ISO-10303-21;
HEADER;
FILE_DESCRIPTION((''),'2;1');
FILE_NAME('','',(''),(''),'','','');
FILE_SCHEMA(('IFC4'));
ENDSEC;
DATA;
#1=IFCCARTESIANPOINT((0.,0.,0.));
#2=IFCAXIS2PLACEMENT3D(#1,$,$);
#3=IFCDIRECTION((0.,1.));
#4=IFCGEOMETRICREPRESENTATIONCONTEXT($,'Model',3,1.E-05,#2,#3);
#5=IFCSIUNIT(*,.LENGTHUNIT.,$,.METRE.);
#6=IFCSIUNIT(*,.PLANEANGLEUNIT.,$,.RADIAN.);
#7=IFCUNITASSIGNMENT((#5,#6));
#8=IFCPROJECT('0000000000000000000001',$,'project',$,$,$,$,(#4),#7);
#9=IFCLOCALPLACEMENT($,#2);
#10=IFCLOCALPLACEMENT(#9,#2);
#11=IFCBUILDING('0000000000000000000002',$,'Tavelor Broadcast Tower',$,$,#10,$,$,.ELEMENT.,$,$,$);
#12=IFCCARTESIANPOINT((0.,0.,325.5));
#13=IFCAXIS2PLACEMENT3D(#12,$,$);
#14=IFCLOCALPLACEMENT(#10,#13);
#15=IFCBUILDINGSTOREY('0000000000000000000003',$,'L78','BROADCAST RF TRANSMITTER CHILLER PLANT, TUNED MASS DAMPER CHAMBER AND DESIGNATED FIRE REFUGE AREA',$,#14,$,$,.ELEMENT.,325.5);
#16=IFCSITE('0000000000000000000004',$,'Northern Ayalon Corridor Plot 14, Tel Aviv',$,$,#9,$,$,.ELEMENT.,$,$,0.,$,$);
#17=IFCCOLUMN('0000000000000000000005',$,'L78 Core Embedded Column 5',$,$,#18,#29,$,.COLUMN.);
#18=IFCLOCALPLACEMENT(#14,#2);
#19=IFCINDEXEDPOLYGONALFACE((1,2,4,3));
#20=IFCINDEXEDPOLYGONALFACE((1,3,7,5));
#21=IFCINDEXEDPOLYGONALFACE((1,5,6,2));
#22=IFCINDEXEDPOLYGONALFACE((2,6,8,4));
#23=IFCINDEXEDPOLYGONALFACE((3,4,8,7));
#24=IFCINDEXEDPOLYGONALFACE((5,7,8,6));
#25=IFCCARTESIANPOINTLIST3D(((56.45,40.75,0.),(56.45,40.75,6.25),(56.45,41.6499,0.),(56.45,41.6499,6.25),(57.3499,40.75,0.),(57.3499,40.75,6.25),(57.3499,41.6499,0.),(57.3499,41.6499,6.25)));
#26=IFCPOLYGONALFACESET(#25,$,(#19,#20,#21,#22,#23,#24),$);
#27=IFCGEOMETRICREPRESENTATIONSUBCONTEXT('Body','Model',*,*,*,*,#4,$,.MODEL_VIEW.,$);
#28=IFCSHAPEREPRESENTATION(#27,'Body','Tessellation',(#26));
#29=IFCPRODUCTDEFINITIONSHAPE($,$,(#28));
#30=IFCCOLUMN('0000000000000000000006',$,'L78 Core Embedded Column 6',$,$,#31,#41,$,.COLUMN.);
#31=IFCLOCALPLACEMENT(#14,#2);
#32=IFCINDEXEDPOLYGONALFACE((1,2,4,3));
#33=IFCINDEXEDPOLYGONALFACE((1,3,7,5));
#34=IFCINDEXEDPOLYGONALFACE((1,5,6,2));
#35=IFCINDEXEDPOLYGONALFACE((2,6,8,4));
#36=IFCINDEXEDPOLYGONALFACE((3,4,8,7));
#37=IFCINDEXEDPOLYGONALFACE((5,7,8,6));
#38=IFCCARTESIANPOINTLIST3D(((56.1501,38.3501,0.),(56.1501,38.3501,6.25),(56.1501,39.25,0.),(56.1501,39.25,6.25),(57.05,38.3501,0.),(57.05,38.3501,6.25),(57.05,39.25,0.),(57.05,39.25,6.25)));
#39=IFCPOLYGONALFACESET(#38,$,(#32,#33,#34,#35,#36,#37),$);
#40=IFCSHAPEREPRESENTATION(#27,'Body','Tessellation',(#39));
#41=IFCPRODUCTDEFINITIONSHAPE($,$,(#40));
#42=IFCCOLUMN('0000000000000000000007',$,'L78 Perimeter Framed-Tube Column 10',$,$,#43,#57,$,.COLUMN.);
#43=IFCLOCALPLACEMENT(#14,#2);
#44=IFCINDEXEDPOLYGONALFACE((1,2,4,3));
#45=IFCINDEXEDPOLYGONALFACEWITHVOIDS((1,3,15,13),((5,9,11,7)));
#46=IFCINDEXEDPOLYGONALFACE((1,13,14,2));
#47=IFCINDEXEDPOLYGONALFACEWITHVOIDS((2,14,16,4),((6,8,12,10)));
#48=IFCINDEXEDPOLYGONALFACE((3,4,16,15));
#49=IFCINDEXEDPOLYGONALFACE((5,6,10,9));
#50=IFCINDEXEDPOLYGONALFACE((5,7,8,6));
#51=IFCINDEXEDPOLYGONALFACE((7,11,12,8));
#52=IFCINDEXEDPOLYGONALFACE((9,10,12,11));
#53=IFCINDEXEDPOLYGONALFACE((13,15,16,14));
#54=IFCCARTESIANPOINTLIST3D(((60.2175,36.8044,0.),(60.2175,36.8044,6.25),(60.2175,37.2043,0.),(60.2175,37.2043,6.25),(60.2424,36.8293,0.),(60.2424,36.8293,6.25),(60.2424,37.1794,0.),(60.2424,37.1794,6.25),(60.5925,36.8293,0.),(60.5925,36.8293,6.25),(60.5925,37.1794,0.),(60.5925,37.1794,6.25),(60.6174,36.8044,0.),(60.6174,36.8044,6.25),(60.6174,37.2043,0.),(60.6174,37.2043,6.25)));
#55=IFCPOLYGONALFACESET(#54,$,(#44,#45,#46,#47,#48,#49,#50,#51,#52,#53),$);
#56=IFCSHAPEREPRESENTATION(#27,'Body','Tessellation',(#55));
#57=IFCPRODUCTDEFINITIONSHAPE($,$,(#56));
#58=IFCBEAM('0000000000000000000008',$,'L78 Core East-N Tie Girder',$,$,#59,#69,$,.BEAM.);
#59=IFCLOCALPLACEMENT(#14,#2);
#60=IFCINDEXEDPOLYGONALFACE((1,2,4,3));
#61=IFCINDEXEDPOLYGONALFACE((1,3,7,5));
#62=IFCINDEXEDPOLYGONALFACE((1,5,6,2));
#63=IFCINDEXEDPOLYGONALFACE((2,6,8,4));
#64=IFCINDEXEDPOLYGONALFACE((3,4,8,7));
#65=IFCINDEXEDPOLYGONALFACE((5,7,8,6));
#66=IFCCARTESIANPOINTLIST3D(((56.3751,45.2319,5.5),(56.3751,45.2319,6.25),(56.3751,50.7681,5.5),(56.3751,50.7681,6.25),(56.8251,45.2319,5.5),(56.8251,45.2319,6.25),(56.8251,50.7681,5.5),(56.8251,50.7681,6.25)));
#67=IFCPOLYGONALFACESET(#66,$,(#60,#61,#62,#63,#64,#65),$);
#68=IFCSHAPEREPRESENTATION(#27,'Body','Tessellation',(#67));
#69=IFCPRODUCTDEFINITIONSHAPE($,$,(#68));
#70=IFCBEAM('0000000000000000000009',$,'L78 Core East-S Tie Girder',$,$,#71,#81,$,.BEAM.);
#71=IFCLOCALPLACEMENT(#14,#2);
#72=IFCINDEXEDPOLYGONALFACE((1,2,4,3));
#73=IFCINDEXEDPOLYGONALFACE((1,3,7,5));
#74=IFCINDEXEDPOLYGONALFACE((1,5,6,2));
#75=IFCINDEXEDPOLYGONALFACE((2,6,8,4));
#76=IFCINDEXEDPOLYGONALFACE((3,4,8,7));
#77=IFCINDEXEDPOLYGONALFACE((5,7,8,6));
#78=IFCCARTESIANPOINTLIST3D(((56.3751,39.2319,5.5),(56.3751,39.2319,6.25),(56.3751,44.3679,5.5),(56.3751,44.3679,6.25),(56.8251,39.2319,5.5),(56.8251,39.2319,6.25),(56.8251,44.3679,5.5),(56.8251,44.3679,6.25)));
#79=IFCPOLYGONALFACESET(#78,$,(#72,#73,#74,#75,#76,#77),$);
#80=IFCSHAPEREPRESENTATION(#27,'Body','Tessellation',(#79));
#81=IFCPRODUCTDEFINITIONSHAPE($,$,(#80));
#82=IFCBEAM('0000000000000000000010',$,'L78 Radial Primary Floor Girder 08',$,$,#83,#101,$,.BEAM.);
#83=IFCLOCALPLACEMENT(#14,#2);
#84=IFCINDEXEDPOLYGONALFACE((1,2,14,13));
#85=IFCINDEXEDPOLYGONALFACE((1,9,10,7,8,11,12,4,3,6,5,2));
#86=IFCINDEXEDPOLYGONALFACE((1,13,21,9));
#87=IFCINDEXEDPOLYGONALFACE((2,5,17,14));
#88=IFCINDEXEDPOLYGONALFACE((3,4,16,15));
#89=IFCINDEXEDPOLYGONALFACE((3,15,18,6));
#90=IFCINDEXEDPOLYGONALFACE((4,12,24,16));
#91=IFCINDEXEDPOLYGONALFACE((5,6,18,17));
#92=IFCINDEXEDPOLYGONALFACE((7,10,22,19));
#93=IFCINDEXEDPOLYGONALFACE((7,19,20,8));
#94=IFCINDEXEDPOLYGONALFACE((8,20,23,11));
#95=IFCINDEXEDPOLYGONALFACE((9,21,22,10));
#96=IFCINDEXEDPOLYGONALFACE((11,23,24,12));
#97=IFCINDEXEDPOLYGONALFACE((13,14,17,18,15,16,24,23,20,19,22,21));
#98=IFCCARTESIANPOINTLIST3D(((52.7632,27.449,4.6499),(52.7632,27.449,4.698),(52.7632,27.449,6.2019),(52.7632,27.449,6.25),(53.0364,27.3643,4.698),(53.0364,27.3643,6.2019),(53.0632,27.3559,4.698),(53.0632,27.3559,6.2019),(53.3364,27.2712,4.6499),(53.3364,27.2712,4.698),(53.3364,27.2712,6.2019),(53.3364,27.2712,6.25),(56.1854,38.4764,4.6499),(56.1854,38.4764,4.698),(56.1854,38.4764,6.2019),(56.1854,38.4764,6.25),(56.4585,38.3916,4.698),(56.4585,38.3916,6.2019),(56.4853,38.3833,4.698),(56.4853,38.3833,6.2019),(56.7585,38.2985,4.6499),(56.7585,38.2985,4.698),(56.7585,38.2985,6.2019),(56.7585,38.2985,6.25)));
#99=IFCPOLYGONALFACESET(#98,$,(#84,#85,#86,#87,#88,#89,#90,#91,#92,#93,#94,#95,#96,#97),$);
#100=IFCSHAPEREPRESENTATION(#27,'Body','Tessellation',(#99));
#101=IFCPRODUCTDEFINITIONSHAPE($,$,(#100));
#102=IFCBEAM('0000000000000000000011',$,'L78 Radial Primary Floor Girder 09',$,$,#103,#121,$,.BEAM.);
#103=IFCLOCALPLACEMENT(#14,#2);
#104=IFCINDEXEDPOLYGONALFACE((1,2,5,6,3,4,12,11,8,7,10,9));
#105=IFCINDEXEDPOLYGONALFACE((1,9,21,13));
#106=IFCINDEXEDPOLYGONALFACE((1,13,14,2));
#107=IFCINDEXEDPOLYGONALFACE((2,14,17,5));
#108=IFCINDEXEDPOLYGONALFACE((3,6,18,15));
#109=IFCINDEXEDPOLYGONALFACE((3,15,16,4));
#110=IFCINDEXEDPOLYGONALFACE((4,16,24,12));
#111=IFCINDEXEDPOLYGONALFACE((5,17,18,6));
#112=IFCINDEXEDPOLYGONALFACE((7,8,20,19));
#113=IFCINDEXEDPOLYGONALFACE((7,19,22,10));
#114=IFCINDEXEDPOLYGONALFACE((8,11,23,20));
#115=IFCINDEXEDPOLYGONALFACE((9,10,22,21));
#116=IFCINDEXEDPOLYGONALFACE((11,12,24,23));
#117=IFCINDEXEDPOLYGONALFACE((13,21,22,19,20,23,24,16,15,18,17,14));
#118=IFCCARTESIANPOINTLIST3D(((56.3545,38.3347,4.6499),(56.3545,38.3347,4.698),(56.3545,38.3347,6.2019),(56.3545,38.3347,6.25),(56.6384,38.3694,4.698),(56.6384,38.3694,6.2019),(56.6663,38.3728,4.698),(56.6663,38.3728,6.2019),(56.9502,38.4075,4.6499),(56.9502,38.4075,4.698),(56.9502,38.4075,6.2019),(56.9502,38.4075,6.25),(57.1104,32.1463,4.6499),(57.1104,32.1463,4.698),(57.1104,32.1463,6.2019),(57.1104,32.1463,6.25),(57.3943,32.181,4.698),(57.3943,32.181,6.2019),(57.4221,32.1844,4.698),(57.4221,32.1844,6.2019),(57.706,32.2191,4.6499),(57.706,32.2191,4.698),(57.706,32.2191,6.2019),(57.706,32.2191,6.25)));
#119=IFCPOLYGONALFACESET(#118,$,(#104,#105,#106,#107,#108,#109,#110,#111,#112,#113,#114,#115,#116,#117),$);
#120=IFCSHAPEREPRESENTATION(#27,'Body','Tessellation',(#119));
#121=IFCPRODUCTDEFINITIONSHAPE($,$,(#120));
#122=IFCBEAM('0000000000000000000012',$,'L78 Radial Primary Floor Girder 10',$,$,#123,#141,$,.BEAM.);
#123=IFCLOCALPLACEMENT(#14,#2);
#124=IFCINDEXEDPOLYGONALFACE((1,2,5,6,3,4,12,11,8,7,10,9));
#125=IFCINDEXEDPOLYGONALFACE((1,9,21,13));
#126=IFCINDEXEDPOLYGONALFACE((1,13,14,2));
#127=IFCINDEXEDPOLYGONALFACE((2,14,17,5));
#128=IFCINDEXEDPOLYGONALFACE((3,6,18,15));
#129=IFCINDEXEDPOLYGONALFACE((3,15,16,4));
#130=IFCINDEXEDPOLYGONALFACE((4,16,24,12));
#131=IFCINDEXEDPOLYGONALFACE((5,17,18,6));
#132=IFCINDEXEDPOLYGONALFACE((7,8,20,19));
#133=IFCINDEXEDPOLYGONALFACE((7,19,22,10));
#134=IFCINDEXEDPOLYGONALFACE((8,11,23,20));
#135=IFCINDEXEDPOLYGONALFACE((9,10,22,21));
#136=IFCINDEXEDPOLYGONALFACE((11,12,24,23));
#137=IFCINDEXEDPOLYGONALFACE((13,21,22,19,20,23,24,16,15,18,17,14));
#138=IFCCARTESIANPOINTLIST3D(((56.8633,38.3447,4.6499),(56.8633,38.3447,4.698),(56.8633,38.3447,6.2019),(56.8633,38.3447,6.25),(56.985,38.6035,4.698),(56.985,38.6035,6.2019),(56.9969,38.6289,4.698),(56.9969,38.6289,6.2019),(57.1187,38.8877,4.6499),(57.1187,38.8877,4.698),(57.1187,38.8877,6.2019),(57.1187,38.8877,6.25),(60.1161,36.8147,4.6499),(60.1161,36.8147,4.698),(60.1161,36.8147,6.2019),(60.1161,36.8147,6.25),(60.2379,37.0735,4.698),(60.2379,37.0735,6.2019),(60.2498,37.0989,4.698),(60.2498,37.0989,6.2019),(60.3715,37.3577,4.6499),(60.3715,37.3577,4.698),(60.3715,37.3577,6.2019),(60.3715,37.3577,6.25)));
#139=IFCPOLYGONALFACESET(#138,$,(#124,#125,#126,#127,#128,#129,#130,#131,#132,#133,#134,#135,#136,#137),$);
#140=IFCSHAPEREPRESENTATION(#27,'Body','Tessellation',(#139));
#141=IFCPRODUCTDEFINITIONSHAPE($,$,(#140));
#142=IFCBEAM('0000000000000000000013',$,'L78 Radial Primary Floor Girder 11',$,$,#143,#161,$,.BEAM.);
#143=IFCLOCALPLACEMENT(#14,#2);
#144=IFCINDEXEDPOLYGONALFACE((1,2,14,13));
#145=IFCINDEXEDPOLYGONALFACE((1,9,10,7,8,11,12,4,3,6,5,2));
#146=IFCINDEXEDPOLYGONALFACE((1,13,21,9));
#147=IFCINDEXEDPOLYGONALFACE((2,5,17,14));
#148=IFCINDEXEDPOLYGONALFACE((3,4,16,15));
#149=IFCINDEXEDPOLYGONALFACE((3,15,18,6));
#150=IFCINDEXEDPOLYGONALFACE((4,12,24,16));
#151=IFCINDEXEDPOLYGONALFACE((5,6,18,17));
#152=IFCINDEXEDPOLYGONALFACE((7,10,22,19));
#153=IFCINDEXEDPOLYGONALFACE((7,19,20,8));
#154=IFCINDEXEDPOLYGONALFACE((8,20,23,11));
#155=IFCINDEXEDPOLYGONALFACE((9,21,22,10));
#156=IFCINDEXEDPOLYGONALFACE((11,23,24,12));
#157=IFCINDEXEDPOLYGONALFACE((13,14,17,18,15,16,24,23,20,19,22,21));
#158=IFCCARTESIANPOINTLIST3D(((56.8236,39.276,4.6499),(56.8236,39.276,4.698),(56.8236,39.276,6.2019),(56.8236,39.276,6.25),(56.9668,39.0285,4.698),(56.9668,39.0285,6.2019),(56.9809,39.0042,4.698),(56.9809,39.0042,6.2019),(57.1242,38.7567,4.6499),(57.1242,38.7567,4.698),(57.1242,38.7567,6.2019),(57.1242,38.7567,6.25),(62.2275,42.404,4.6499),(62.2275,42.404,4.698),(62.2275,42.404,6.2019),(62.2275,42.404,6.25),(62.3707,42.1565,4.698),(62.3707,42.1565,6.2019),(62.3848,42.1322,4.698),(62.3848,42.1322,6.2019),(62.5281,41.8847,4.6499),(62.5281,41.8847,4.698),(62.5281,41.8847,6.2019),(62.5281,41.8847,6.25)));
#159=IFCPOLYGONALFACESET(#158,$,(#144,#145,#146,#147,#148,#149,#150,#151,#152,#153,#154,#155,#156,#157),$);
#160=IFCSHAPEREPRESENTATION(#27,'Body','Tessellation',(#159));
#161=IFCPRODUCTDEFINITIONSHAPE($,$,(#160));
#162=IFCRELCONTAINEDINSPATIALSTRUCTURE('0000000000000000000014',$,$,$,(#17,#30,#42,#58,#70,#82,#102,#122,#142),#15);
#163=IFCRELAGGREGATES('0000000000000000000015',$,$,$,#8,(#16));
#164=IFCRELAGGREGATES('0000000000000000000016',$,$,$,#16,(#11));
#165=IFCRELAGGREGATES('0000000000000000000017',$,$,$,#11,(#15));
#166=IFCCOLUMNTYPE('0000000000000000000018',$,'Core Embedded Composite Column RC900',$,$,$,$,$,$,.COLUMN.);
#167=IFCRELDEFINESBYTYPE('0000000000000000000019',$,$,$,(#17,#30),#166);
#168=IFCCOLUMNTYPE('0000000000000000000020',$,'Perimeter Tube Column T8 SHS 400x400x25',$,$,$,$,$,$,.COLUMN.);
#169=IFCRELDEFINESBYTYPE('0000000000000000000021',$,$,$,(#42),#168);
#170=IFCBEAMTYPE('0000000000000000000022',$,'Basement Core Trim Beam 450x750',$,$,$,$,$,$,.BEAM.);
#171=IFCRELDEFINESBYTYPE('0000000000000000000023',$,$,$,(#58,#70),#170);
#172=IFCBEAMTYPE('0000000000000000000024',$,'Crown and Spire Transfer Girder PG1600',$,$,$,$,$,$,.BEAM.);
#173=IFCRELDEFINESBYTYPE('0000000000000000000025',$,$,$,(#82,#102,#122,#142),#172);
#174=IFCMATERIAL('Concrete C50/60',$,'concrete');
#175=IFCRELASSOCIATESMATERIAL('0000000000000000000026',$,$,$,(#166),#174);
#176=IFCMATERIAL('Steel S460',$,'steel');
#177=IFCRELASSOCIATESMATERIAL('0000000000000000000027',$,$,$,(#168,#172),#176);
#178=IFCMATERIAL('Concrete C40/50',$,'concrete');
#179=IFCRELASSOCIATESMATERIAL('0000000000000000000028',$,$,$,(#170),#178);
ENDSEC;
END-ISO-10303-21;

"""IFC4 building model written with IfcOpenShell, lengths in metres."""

from ifc_helpers import new_model, si_unit, direction, frame, origin, origin_2d, place, context, subcontext, project, spatial, rectangle, hollow_rectangle, i_section, extrude, material, material_profile, profile_set, type_object, element, save


model = new_model("IFC4")

# Units and contexts
model_context = context("Model", 3, precision=1e-05, world=origin(), true_north=direction((0.0, 1.0)))
body_context = subcontext(model_context, "Body", "Model", "MODEL_VIEW")
ifc_project = project(units=[si_unit("LENGTHUNIT", "METRE"), si_unit("PLANEANGLEUNIT", "RADIAN")], contexts=[model_context])

# Site, building, storey
site_placement = place(None, origin())
site = spatial("IfcSite", under=ifc_project, at=site_placement, Name="Northern Ayalon Corridor Plot 14, Tel Aviv", CompositionType="ELEMENT", RefElevation=0.0)
building_placement = place(site_placement, origin())
building = spatial("IfcBuilding", under=site, at=building_placement, Name="Tavelor Broadcast Tower", CompositionType="ELEMENT")
storey_placement = place(building_placement, frame((0.0, 0.0, 325.5)))
storey = spatial("IfcBuildingStorey", under=building, at=storey_placement, Name="L78", Description="BROADCAST RF TRANSMITTER CHILLER PLANT, TUNED MASS DAMPER CHAMBER AND DESIGNATED FIRE REFUGE AREA", CompositionType="ELEMENT", Elevation=325.5)

# Columns
ifc_material_1 = material(Name="Concrete C50/60", Category="concrete")
ifc_material_profile_1 = material_profile(ifc_material_1, rectangle(XDim=0.8999, YDim=0.8999, at=origin_2d()), Name="RC 900x900")
ifc_profile_set_1 = profile_set([ifc_material_profile_1], Name="Concrete C50/60")
column_type_1 = type_object("IfcColumnType", Name="Core Embedded Composite Column RC900", PredefinedType="COLUMN", material=ifc_profile_set_1)
for number, where, z_axis, x_axis, name in (
    (1, (56.8999, 41.2, 0.0), (0.0, 0.0, 1.0), (1.0, 0.0, 0.0), "L78 Core Embedded Column 5"),
    (2, (56.6001, 38.8, 0.0), (0.0, 0.0, 1.0), (1.0, 0.0, 0.0), "L78 Core Embedded Column 6"),
):
    element("IfcColumn", number, at=place(storey_placement, frame(where, z_axis=z_axis, x_axis=x_axis)), inside=storey, type_object=column_type_1, Name=name, PredefinedType="COLUMN", context=body_context, shape_type="SweptSolid", body=[
        extrude(rectangle(XDim=0.8999, YDim=0.8999, at=origin_2d()), origin(), (0.0, 0.0, 1.0), 6.25),
    ])
ifc_material_2 = material(Name="Steel S460", Category="steel")
ifc_material_profile_2 = material_profile(ifc_material_2, hollow_rectangle(XDim=0.3999, YDim=0.3999, WallThickness=0.0249, at=origin_2d()), Name="SHS 400x400x25")
ifc_profile_set_2 = profile_set([ifc_material_profile_2], Name="Steel S460")
column_type_2 = type_object("IfcColumnType", Name="Perimeter Tube Column T8 SHS 400x400x25", PredefinedType="COLUMN", material=ifc_profile_set_2)
column_placement = place(storey_placement, frame((60.4175, 37.0044, 0.0), z_axis=(0.0, 0.0, 1.0), x_axis=(1.0, 0.0, 0.0)))
element("IfcColumn", 3, at=column_placement, inside=storey, type_object=column_type_2, Name="L78 Perimeter Framed-Tube Column 10", PredefinedType="COLUMN", context=body_context, shape_type="SweptSolid", body=[
    extrude(hollow_rectangle(XDim=0.3999, YDim=0.3999, WallThickness=0.0249, at=origin_2d()), origin(), (0.0, 0.0, 1.0), 6.25),
])

# Beams
ifc_material_3 = material(Name="Concrete C40/50", Category="concrete")
ifc_material_profile_3 = material_profile(ifc_material_3, rectangle(XDim=0.45, YDim=0.75, at=origin_2d()), Name="RC 450x750")
ifc_profile_set_3 = profile_set([ifc_material_profile_3], Name="Concrete C40/50")
beam_type_1 = type_object("IfcBeamType", Name="Basement Core Trim Beam 450x750", PredefinedType="BEAM", material=ifc_profile_set_3)
beam_1_placement = place(storey_placement, frame((56.6001, 45.2319, 5.875), z_axis=(0.0, 1.0, 0.0), x_axis=(-1.0, 0.0, 0.0)))
element("IfcBeam", 4, at=beam_1_placement, inside=storey, type_object=beam_type_1, Name="L78 Core East-N Tie Girder", PredefinedType="BEAM", context=body_context, shape_type="SweptSolid", body=[
    extrude(rectangle(XDim=0.45, YDim=0.75, at=origin_2d()), origin(), (0.0, 0.0, 1.0), 5.5361),
])
beam_2_placement = place(storey_placement, frame((56.6001, 39.2319, 5.875), z_axis=(0.0, 1.0, 0.0), x_axis=(-1.0, 0.0, 0.0)))
element("IfcBeam", 5, at=beam_2_placement, inside=storey, type_object=beam_type_1, Name="L78 Core East-S Tie Girder", PredefinedType="BEAM", context=body_context, shape_type="SweptSolid", body=[
    extrude(rectangle(XDim=0.45, YDim=0.75, at=origin_2d()), origin(), (0.0, 0.0, 1.0), 5.136),
])
ifc_material_profile_4 = material_profile(ifc_material_2, i_section(OverallWidth=0.6001, OverallDepth=1.6001, WebThickness=0.0281, FlangeThickness=0.0481, at=origin_2d()), Name="PG 1600x600")
ifc_profile_set_4 = profile_set([ifc_material_profile_4], Name="Steel S460")
beam_type_2 = type_object("IfcBeamType", Name="Crown and Spire Transfer Girder PG1600", PredefinedType="BEAM", material=ifc_profile_set_4)
beam_3_placement = place(storey_placement, frame((56.4719, 38.3875, 5.45), z_axis=(-0.296387, -0.955068, 0.0), x_axis=(0.955068, -0.296387, 0.0)))
element("IfcBeam", 6, at=beam_3_placement, inside=storey, type_object=beam_type_2, Name="L78 Radial Primary Floor Girder 08", PredefinedType="BEAM", context=body_context, shape_type="SweptSolid", body=[
    extrude(i_section(OverallWidth=0.6001, OverallDepth=1.6001, WebThickness=0.0281, FlangeThickness=0.0481, at=origin_2d()), origin(), (0.0, 0.0, 1.0), 11.5461),
])
beam_4_placement = place(storey_placement, frame((56.6523, 38.3711, 5.45), z_axis=(0.121239, -0.992623, 0.0), x_axis=(0.992623, 0.121239, 0.0)))
element("IfcBeam", 7, at=beam_4_placement, inside=storey, type_object=beam_type_2, Name="L78 Radial Primary Floor Girder 09", PredefinedType="BEAM", context=body_context, shape_type="SweptSolid", body=[
    extrude(i_section(OverallWidth=0.6001, OverallDepth=1.6001, WebThickness=0.0281, FlangeThickness=0.0481, at=origin_2d()), origin(), (0.0, 0.0, 1.0), 6.2344),
])
beam_5_placement = place(storey_placement, frame((56.991, 38.6162, 5.45), z_axis=(0.9049, -0.425624, 0.0), x_axis=(0.425624, 0.9049, 0.0)))
element("IfcBeam", 8, at=beam_5_placement, inside=storey, type_object=beam_type_2, Name="L78 Radial Primary Floor Girder 10", PredefinedType="BEAM", context=body_context, shape_type="SweptSolid", body=[
    extrude(i_section(OverallWidth=0.6001, OverallDepth=1.6001, WebThickness=0.0281, FlangeThickness=0.0481, at=origin_2d()), origin(), (0.0, 0.0, 1.0), 3.5947),
])
beam_6_placement = place(storey_placement, frame((56.9739, 39.0164, 5.45), z_axis=(0.865467, 0.500965, 0.0), x_axis=(-0.500965, 0.865467, 0.0)))
element("IfcBeam", 9, at=beam_6_placement, inside=storey, type_object=beam_type_2, Name="L78 Radial Primary Floor Girder 11", PredefinedType="BEAM", context=body_context, shape_type="SweptSolid", body=[
    extrude(i_section(OverallWidth=0.6001, OverallDepth=1.6001, WebThickness=0.0281, FlangeThickness=0.0481, at=origin_2d()), origin(), (0.0, 0.0, 1.0), 6.2439),
])

save(model, "model.ifc")
